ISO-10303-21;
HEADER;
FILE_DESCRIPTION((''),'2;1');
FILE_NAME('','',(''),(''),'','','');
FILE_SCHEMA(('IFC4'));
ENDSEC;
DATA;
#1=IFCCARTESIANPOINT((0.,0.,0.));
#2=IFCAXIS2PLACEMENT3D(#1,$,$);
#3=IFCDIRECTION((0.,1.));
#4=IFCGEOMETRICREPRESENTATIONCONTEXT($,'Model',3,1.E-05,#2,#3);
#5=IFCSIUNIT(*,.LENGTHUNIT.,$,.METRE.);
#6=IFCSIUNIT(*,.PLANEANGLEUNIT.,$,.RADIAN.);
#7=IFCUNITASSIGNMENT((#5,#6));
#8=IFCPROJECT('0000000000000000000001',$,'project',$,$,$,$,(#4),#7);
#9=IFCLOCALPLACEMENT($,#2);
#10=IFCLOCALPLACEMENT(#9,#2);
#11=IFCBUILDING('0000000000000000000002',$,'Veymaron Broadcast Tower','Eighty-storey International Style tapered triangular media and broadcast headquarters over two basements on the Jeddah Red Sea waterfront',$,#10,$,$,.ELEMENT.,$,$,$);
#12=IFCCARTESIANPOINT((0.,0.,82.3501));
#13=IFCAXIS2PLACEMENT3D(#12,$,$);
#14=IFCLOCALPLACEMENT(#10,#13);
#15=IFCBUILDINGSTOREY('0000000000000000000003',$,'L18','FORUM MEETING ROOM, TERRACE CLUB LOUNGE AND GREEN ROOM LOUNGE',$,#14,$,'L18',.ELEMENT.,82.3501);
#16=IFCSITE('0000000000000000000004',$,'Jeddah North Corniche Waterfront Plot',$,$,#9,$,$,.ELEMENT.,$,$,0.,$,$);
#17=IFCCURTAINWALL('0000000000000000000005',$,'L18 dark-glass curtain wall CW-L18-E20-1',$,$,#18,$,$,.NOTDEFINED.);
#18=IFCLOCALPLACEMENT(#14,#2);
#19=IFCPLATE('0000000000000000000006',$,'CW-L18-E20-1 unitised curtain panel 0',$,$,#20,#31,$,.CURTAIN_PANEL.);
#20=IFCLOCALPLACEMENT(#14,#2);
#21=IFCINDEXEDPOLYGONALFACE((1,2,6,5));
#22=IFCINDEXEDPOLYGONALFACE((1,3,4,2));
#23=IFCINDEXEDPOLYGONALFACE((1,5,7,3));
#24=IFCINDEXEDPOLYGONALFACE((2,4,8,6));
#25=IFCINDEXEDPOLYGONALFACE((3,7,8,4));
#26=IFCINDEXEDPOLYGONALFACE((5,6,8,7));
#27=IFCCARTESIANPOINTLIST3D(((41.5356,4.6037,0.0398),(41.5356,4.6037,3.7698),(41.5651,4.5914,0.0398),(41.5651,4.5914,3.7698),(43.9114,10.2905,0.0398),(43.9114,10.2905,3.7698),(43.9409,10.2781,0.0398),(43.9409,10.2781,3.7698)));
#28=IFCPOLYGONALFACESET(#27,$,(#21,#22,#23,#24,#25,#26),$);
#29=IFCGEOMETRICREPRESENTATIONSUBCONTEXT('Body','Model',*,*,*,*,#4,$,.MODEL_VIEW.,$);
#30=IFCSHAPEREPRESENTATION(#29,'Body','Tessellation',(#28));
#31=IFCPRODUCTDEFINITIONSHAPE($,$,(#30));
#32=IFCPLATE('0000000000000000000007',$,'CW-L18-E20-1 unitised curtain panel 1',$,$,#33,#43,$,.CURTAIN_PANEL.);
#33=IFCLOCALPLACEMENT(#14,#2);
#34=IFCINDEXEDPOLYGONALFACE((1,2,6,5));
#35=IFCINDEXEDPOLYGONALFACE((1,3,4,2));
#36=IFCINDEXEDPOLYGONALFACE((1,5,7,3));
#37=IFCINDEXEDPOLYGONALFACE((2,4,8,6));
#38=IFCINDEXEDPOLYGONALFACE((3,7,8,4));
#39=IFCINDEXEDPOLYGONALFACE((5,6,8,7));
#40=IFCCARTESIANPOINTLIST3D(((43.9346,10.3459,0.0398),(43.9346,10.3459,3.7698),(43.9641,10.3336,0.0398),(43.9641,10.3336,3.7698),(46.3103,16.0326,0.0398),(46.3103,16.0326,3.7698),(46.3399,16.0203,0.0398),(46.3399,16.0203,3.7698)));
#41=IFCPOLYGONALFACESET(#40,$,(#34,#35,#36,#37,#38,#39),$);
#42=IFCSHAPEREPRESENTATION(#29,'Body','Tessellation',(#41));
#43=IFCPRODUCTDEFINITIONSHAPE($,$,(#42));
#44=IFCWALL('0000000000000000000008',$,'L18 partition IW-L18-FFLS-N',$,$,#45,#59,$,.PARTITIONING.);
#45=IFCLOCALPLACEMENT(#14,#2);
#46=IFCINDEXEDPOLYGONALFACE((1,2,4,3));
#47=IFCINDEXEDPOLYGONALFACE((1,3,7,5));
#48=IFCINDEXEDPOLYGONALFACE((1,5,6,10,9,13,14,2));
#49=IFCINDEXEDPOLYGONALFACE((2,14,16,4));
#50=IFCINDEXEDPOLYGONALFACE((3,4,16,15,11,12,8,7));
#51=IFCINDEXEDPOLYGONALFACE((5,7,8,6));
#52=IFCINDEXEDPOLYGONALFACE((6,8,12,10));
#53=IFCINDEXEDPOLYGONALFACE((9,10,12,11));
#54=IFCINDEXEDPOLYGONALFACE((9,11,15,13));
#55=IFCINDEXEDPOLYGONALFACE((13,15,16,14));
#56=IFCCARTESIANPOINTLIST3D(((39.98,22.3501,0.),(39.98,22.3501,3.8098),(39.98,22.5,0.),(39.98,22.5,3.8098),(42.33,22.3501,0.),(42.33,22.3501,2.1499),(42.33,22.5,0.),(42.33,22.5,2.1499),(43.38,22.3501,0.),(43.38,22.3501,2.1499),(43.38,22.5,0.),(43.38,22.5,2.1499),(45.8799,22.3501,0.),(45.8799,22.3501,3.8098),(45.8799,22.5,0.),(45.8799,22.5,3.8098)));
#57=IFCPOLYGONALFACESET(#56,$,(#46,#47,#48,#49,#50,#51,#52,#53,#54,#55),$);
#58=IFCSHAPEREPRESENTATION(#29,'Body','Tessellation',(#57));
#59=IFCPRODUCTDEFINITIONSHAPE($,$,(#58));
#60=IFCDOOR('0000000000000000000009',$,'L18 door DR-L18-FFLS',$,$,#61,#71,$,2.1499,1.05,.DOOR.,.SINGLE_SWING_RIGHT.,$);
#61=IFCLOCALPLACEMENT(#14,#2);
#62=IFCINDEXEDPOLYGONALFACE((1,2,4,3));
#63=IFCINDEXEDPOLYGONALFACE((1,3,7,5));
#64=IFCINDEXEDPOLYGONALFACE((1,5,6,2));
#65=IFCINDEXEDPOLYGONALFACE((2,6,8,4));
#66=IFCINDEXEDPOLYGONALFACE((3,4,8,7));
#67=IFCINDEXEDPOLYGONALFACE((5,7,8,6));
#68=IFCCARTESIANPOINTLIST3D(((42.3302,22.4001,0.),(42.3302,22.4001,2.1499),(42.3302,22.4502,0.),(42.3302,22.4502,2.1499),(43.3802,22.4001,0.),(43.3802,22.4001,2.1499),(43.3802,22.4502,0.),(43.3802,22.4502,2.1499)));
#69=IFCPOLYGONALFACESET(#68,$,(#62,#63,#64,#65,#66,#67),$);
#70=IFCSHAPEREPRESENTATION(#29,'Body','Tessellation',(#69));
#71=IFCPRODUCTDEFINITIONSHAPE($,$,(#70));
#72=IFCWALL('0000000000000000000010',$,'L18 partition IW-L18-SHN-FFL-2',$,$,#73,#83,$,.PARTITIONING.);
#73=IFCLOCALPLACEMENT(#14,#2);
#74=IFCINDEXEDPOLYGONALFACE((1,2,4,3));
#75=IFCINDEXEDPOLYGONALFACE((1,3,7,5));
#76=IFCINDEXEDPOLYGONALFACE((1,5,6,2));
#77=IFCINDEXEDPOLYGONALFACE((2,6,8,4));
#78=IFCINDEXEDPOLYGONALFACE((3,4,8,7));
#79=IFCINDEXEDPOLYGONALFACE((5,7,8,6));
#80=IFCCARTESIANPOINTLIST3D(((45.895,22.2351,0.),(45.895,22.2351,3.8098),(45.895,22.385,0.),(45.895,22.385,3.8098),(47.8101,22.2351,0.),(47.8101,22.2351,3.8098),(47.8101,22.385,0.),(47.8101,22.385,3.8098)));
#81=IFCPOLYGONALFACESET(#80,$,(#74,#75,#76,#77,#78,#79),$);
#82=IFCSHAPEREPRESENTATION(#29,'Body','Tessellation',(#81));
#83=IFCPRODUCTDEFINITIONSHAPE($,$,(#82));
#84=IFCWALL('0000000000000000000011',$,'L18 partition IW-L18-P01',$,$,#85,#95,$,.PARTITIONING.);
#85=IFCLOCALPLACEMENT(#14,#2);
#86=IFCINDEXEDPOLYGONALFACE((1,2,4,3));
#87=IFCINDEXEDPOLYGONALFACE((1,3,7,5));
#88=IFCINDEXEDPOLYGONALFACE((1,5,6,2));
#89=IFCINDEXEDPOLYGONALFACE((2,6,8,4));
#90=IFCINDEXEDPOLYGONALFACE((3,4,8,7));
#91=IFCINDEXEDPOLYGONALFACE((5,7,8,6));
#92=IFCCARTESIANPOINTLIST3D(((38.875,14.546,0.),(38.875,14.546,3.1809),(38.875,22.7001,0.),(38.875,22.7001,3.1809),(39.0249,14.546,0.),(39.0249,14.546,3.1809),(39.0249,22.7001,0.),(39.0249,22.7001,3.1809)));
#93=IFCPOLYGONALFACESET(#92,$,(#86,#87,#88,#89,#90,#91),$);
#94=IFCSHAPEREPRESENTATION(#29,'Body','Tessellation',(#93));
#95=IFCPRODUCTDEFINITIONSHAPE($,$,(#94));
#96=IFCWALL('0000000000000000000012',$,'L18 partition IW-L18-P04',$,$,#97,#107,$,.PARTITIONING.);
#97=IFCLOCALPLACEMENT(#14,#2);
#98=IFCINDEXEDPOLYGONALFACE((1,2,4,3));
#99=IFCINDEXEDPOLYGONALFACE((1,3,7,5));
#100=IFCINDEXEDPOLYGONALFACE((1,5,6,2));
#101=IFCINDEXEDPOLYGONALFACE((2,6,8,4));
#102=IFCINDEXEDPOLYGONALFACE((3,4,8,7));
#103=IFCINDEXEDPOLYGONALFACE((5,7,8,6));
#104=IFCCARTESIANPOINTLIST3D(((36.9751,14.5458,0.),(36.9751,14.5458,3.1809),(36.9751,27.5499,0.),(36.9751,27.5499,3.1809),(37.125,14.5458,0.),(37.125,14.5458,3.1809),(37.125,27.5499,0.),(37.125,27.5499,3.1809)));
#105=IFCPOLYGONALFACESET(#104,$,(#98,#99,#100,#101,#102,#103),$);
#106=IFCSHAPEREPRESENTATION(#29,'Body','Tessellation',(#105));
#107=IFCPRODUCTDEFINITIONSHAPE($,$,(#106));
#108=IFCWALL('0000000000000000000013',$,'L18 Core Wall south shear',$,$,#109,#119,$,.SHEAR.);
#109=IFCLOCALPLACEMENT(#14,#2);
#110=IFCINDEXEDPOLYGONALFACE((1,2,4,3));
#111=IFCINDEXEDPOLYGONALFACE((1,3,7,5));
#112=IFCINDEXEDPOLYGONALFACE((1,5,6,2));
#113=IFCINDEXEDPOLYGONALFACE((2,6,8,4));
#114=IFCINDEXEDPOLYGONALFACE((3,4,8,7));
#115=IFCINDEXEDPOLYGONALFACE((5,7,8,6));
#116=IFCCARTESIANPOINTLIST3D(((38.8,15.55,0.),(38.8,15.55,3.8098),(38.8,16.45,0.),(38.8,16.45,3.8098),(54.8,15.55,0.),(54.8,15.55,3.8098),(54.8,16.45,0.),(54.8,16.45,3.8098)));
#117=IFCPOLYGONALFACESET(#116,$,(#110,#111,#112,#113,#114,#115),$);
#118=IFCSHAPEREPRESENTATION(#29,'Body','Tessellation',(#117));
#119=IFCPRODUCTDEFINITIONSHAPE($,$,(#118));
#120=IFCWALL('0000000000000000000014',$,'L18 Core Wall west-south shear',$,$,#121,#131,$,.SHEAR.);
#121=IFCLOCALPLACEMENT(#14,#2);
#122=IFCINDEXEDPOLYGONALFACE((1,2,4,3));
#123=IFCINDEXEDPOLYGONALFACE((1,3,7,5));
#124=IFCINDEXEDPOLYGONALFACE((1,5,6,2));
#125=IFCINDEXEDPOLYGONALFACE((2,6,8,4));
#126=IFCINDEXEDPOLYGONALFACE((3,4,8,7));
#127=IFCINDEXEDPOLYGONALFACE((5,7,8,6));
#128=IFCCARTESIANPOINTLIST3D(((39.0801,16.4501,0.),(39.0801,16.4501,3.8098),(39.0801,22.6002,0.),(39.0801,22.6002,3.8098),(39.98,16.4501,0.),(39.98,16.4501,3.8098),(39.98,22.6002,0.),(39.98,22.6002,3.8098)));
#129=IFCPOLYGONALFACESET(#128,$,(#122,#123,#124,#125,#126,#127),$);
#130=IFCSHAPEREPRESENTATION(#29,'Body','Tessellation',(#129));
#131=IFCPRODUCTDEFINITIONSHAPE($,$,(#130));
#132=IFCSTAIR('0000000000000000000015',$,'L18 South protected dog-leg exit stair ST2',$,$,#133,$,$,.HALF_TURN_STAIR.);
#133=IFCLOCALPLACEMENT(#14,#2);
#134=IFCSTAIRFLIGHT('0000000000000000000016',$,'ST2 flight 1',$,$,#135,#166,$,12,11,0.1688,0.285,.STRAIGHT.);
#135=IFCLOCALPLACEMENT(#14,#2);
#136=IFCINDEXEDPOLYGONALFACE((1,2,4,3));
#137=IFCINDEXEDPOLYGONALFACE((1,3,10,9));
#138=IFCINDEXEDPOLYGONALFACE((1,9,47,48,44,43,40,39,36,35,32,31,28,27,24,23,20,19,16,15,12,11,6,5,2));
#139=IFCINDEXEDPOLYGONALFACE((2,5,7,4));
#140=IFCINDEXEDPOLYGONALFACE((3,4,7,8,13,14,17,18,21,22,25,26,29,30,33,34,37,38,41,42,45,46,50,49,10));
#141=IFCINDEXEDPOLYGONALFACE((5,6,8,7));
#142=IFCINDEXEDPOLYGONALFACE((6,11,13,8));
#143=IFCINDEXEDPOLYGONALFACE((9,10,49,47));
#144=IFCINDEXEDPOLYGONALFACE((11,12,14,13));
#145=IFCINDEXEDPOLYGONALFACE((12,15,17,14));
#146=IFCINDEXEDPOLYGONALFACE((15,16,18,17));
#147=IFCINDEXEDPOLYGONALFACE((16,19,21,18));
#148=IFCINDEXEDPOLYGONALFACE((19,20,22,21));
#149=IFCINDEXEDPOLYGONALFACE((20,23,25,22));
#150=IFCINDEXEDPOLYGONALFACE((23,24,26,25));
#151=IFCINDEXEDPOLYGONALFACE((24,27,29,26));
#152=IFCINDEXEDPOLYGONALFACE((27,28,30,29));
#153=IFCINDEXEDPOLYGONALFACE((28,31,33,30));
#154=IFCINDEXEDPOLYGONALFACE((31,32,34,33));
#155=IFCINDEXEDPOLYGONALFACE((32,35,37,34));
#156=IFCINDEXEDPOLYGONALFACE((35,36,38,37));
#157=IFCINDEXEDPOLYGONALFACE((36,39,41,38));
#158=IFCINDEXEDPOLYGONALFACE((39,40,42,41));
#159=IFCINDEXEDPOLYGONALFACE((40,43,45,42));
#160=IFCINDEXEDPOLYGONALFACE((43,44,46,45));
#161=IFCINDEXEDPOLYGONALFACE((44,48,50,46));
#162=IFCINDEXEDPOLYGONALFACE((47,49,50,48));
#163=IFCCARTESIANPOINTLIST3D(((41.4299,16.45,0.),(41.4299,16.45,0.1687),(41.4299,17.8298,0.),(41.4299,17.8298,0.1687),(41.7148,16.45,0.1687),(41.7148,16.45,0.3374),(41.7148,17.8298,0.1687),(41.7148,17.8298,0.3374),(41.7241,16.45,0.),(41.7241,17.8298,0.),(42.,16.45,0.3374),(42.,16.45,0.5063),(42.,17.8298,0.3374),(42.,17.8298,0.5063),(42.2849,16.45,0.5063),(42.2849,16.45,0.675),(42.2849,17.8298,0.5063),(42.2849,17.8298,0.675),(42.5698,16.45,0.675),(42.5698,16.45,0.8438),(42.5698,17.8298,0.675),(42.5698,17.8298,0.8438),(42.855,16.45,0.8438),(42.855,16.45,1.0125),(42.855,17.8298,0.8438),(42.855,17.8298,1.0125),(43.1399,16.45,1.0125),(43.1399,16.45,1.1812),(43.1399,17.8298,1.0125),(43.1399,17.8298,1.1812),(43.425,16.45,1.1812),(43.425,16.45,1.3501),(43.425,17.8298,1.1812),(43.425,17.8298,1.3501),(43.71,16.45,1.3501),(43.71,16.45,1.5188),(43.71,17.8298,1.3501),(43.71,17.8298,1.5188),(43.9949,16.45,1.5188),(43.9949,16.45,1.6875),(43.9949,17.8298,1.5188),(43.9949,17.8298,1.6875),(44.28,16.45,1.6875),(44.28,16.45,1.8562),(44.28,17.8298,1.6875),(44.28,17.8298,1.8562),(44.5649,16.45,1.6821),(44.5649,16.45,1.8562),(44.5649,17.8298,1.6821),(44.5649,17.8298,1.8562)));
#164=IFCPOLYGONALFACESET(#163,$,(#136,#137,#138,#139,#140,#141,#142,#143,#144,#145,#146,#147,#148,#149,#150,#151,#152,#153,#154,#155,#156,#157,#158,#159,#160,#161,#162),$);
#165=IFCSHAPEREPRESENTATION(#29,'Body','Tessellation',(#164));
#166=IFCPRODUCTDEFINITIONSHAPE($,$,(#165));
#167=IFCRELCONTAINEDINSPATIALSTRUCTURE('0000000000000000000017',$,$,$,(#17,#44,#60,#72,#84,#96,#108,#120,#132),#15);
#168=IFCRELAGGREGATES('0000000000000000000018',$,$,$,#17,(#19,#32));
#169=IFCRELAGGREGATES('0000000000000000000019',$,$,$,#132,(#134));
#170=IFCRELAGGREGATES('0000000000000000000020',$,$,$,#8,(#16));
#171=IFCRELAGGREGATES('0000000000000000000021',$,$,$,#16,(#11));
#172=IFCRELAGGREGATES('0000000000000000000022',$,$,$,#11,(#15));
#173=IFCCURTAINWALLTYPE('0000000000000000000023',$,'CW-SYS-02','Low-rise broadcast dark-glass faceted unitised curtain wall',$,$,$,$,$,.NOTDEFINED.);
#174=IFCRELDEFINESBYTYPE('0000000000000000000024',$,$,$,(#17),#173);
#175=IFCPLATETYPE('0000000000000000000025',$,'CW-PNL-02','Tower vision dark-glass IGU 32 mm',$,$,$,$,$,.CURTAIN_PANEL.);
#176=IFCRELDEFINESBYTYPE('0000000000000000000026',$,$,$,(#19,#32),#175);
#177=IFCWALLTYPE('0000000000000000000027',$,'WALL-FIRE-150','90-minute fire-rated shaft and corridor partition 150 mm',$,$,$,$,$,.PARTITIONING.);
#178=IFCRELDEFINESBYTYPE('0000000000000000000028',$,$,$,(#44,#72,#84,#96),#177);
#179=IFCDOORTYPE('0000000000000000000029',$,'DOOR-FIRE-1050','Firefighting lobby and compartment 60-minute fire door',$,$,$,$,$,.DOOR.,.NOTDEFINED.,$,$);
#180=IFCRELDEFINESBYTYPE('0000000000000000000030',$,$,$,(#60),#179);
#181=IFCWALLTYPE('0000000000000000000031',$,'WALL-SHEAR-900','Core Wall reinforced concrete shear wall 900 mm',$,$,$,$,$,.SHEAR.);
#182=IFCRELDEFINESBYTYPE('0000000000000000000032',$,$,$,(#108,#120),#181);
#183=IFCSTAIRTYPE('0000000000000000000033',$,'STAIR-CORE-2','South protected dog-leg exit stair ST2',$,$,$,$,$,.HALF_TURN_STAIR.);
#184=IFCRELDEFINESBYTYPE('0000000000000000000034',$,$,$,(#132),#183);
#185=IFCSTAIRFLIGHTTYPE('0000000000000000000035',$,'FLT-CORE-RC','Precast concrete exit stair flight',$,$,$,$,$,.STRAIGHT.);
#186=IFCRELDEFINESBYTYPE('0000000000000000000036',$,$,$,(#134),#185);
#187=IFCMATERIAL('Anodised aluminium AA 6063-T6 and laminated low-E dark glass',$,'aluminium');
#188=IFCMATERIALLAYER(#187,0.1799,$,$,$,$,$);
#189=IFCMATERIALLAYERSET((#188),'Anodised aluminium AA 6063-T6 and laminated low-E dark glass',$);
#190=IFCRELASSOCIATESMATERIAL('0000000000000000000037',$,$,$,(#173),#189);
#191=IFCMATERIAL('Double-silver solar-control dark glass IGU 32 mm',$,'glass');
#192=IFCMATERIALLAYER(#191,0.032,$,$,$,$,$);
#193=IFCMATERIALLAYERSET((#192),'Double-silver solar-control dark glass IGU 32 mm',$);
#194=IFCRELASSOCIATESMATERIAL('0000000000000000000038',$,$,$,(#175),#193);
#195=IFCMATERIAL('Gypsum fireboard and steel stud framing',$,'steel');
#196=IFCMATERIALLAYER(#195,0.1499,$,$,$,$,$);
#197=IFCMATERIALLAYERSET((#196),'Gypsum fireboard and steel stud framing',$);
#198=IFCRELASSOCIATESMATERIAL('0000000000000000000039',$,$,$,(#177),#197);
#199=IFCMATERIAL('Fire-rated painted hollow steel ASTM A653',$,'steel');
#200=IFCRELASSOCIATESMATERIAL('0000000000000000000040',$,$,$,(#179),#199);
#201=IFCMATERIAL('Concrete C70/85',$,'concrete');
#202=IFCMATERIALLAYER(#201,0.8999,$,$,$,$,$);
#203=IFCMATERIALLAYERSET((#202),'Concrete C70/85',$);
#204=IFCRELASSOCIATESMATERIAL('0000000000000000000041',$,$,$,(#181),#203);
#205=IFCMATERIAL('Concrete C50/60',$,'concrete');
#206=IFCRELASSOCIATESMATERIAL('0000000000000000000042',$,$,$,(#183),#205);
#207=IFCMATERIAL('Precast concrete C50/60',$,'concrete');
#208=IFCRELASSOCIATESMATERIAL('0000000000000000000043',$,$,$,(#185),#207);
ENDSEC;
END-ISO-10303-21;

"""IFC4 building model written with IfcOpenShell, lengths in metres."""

from ifc_helpers import new_model, si_unit, direction, frame, frame_2d, origin, origin_2d, place, context, subcontext, project, spatial, polyline, rectangle, outline, extrude, material, layer, layer_set, type_object, element, fill, aggregate, save


model = new_model("IFC4")

# Units and contexts
model_context = context("Model", 3, precision=1e-05, world=origin(), true_north=direction((0.0, 1.0)))
body_context = subcontext(model_context, "Body", "Model", "MODEL_VIEW")
ifc_project = project(units=[si_unit("LENGTHUNIT", "METRE"), si_unit("PLANEANGLEUNIT", "RADIAN")], contexts=[model_context])

# Site, building, storey
site_placement = place(None, origin())
site = spatial("IfcSite", under=ifc_project, at=site_placement, Name="Jeddah North Corniche Waterfront Plot", CompositionType="ELEMENT", RefElevation=0.0)
building_placement = place(site_placement, origin())
building = spatial("IfcBuilding", under=site, at=building_placement, Name="Veymaron Broadcast Tower", Description="Eighty-storey International Style tapered triangular media and broadcast headquarters over two basements on the Jeddah Red Sea waterfront", CompositionType="ELEMENT")
storey_placement = place(building_placement, frame((0.0, 0.0, 82.3501)))
storey = spatial("IfcBuildingStorey", under=building, at=storey_placement, Name="L18", Description="FORUM MEETING ROOM, TERRACE CLUB LOUNGE AND GREEN ROOM LOUNGE", LongName="L18", CompositionType="ELEMENT", Elevation=82.3501)

# Shared definitions
ifc_material_1 = material(Name="Concrete C70/85", Category="concrete")

# Curtain wall, plates
ifc_material_2 = material(Name="Anodised aluminium AA 6063-T6 and laminated low-E dark glass", Category="aluminium")
ifc_layer_1 = layer(ifc_material_2, 0.1799)
ifc_layer_set_1 = layer_set([ifc_layer_1], Name="Anodised aluminium AA 6063-T6 and laminated low-E dark glass")
curtain_wall_type = type_object("IfcCurtainWallType", Name="CW-SYS-02", Description="Low-rise broadcast dark-glass faceted unitised curtain wall", PredefinedType="NOTDEFINED", material=ifc_layer_set_1)
curtain_wall_placement = place(storey_placement, origin())
curtain_wall = element("IfcCurtainWall", 1, at=curtain_wall_placement, inside=storey, type_object=curtain_wall_type, Name="L18 dark-glass curtain wall CW-L18-E20-1", PredefinedType="NOTDEFINED")
ifc_material_3 = material(Name="Double-silver solar-control dark glass IGU 32 mm", Category="glass")
ifc_layer_2 = layer(ifc_material_3, 0.032)
ifc_layer_set_2 = layer_set([ifc_layer_2], Name="Double-silver solar-control dark glass IGU 32 mm")
plate_type = type_object("IfcPlateType", Name="CW-PNL-02", Description="Tower vision dark-glass IGU 32 mm", PredefinedType="CURTAIN_PANEL", material=ifc_layer_set_2)
plate_1_placement = place(storey_placement, frame((42.7383, 7.4409, 0.0398), z_axis=(0.0, 0.0, 1.0), x_axis=(0.385487, 0.922713, 0.0)))
plate_1 = element("IfcPlate", 2, at=plate_1_placement, type_object=plate_type, Name="CW-L18-E20-1 unitised curtain panel 0", PredefinedType="CURTAIN_PANEL", context=body_context, shape_type="SweptSolid", body=[
    extrude(rectangle(XDim=6.1631, YDim=0.032, at=origin_2d()), origin(), (0.0, 0.0, 1.0), 3.73),
])
plate_2_placement = place(storey_placement, frame((45.1372, 13.1831, 0.0398), z_axis=(0.0, 0.0, 1.0), x_axis=(0.385487, 0.922713, 0.0)))
plate_2 = element("IfcPlate", 3, at=plate_2_placement, type_object=plate_type, Name="CW-L18-E20-1 unitised curtain panel 1", PredefinedType="CURTAIN_PANEL", context=body_context, shape_type="SweptSolid", body=[
    extrude(rectangle(XDim=6.1631, YDim=0.032, at=origin_2d()), origin(), (0.0, 0.0, 1.0), 3.73),
])
aggregate(curtain_wall, [plate_1, plate_2])

# Wall, opening, door
ifc_material_4 = material(Name="Gypsum fireboard and steel stud framing", Category="steel")
ifc_layer_3 = layer(ifc_material_4, 0.1499)
ifc_layer_set_3 = layer_set([ifc_layer_3], Name="Gypsum fireboard and steel stud framing")
wall_type_1 = type_object("IfcWallType", Name="WALL-FIRE-150", Description="90-minute fire-rated shaft and corridor partition 150 mm", PredefinedType="PARTITIONING", material=ifc_layer_set_3)
wall_1_placement = place(storey_placement, frame((39.98, 22.425, 0.0), z_axis=(0.0, 0.0, 1.0), x_axis=(1.0, 0.0, 0.0)))
wall_1 = element("IfcWall", 4, at=wall_1_placement, inside=storey, type_object=wall_type_1, Name="L18 partition IW-L18-FFLS-N", PredefinedType="PARTITIONING", context=body_context, shape_type="SweptSolid", body=[
    extrude(rectangle(XDim=5.8999, YDim=0.1499, at=frame_2d((2.95, 0.0))), origin(), (0.0, 0.0, 1.0), 3.8098),
])
opening_1_placement = place(wall_1_placement, frame((2.3501, 0.0, 0.0)))
opening_1 = element("IfcOpeningElement", 5, at=opening_1_placement, cuts=wall_1, PredefinedType="OPENING", context=body_context, shape_type="SweptSolid", body=[
    extrude(rectangle(XDim=1.05, YDim=2.1499, at=frame_2d((0.5249, 1.075))), frame((0.0, 0.085, 0.0), z_axis=(0.0, -1.0, 0.0), x_axis=(1.0, 0.0, 0.0)), (0.0, 0.0, 1.0), 0.1699),
])
ifc_material_5 = material(Name="Fire-rated painted hollow steel ASTM A653", Category="steel")
door_type_1 = type_object("IfcDoorType", Name="DOOR-FIRE-1050", Description="Firefighting lobby and compartment 60-minute fire door", OperationType="NOTDEFINED", PredefinedType="DOOR", material=ifc_material_5)
door_1_placement = place(opening_1_placement, frame((1.05, 0.0, 0.0), z_axis=(0.0, 0.0, 1.0), x_axis=(-1.0, 0.0, 0.0)))
door_1 = element("IfcDoor", 6, at=door_1_placement, inside=storey, type_object=door_type_1, Name="L18 door DR-L18-FFLS", OperationType="SINGLE_SWING_RIGHT", OverallHeight=2.1499, OverallWidth=1.05, PredefinedType="DOOR", context=body_context, shape_type="SweptSolid", body=[
    extrude(rectangle(XDim=1.05, YDim=2.1499, at=frame_2d((0.5249, 1.075))), frame((0.0, 0.0249, 0.0), z_axis=(0.0, -1.0, 0.0), x_axis=(1.0, 0.0, 0.0)), (0.0, 0.0, 1.0), 0.05),
])
fill(opening_1, door_1)

# Walls
wall_2_placement = place(storey_placement, frame((45.895, 22.3101, 0.0), z_axis=(0.0, 0.0, 1.0), x_axis=(1.0, 0.0, 0.0)))
element("IfcWall", 7, at=wall_2_placement, inside=storey, type_object=wall_type_1, Name="L18 partition IW-L18-SHN-FFL-2", PredefinedType="PARTITIONING", context=body_context, shape_type="SweptSolid", body=[
    extrude(rectangle(XDim=1.915, YDim=0.1499, at=frame_2d((0.9575, 0.0))), origin(), (0.0, 0.0, 1.0), 3.8098),
])
wall_3_placement = place(storey_placement, frame((38.95, 14.5459, 0.0), z_axis=(0.0, 0.0, 1.0), x_axis=(0.0, 1.0, 0.0)))
element("IfcWall", 8, at=wall_3_placement, inside=storey, type_object=wall_type_1, Name="L18 partition IW-L18-P01", PredefinedType="PARTITIONING", context=body_context, shape_type="SweptSolid", body=[
    extrude(rectangle(XDim=8.1541, YDim=0.1499, at=frame_2d((4.0771, 0.0))), origin(), (0.0, 0.0, 1.0), 3.1809),
])
wall_4_placement = place(storey_placement, frame((37.05, 14.5459, 0.0), z_axis=(0.0, 0.0, 1.0), x_axis=(0.0, 1.0, 0.0)))
element("IfcWall", 9, at=wall_4_placement, inside=storey, type_object=wall_type_1, Name="L18 partition IW-L18-P04", PredefinedType="PARTITIONING", context=body_context, shape_type="SweptSolid", body=[
    extrude(rectangle(XDim=13.0042, YDim=0.1499, at=frame_2d((6.502, 0.0))), origin(), (0.0, 0.0, 1.0), 3.1809),
])

# Shared definitions
ifc_material_6 = material(Name="Concrete C50/60", Category="concrete")

# Walls
ifc_layer_4 = layer(ifc_material_1, 0.8999)
ifc_layer_set_4 = layer_set([ifc_layer_4], Name="Concrete C70/85")
wall_type_2 = type_object("IfcWallType", Name="WALL-SHEAR-900", Description="Core Wall reinforced concrete shear wall 900 mm", PredefinedType="SHEAR", material=ifc_layer_set_4)
wall_5_placement = place(storey_placement, frame((38.8, 16.0, 0.0), z_axis=(0.0, 0.0, 1.0), x_axis=(1.0, 0.0, 0.0)))
element("IfcWall", 10, at=wall_5_placement, inside=storey, type_object=wall_type_2, Name="L18 Core Wall south shear", PredefinedType="SHEAR", context=body_context, shape_type="SweptSolid", body=[
    extrude(rectangle(XDim=16.0, YDim=0.8999, at=frame_2d((8.0, 0.0))), origin(), (0.0, 0.0, 1.0), 3.8098),
])
wall_6_placement = place(storey_placement, frame((39.53, 16.45, 0.0), z_axis=(0.0, 0.0, 1.0), x_axis=(0.0, 1.0, 0.0)))
element("IfcWall", 11, at=wall_6_placement, inside=storey, type_object=wall_type_2, Name="L18 Core Wall west-south shear", PredefinedType="SHEAR", context=body_context, shape_type="SweptSolid", body=[
    extrude(rectangle(XDim=6.1501, YDim=0.8999, at=frame_2d((3.0752, 0.0))), origin(), (0.0, 0.0, 1.0), 3.8098),
])

# Stair, stair flight
stair_type = type_object("IfcStairType", Name="STAIR-CORE-2", Description="South protected dog-leg exit stair ST2", PredefinedType="HALF_TURN_STAIR", material=ifc_material_6)
stair_placement = place(storey_placement, origin())
stair = element("IfcStair", 12, at=stair_placement, inside=storey, type_object=stair_type, Name="L18 South protected dog-leg exit stair ST2", PredefinedType="HALF_TURN_STAIR")
ifc_material_7 = material(Name="Precast concrete C50/60", Category="concrete")
stair_flight_type = type_object("IfcStairFlightType", Name="FLT-CORE-RC", Description="Precast concrete exit stair flight", PredefinedType="STRAIGHT", material=ifc_material_7)
stair_flight_1_placement = place(storey_placement, frame((41.4299, 17.1399, 0.0), z_axis=(0.0, 0.0, 1.0), x_axis=(1.0, 0.0, 0.0)))
stair_flight_1 = element("IfcStairFlight", 13, at=stair_flight_1_placement, type_object=stair_flight_type, Name="ST2 flight 1", NumberOfRisers=12, NumberOfTreads=11, PredefinedType="STRAIGHT", RiserHeight=0.1688, TreadLength=0.285, context=body_context, shape_type="SweptSolid", body=[
    extrude(outline(polyline([(0.0, 0.0), (0.0, 0.1687), (0.2849, 0.1687), (0.2849, 0.3374), (0.5701, 0.3374), (0.5701, 0.5063), (0.855, 0.5063), (0.855, 0.675), (1.1399, 0.675), (1.1399, 0.8438), (1.425, 0.8438), (1.425, 1.0125), (1.71, 1.0125), (1.71, 1.1812), (1.9951, 1.1812), (1.9951, 1.3501), (2.28, 1.3501), (2.28, 1.5188), (2.5649, 1.5188), (2.5649, 1.6875), (2.8501, 1.6875), (2.8501, 1.8562), (3.135, 1.8562), (3.135, 2.0249), (3.135, 1.6821), (0.2942, 0.0), (0.0, 0.0)])), frame((0.0, 0.6899, 0.0), z_axis=(0.0, -1.0, 0.0), x_axis=(1.0, 0.0, 0.0)), (0.0, 0.0, 1.0), 1.3799),
])
aggregate(stair, [stair_flight_1])

save(model, "model.ifc")
